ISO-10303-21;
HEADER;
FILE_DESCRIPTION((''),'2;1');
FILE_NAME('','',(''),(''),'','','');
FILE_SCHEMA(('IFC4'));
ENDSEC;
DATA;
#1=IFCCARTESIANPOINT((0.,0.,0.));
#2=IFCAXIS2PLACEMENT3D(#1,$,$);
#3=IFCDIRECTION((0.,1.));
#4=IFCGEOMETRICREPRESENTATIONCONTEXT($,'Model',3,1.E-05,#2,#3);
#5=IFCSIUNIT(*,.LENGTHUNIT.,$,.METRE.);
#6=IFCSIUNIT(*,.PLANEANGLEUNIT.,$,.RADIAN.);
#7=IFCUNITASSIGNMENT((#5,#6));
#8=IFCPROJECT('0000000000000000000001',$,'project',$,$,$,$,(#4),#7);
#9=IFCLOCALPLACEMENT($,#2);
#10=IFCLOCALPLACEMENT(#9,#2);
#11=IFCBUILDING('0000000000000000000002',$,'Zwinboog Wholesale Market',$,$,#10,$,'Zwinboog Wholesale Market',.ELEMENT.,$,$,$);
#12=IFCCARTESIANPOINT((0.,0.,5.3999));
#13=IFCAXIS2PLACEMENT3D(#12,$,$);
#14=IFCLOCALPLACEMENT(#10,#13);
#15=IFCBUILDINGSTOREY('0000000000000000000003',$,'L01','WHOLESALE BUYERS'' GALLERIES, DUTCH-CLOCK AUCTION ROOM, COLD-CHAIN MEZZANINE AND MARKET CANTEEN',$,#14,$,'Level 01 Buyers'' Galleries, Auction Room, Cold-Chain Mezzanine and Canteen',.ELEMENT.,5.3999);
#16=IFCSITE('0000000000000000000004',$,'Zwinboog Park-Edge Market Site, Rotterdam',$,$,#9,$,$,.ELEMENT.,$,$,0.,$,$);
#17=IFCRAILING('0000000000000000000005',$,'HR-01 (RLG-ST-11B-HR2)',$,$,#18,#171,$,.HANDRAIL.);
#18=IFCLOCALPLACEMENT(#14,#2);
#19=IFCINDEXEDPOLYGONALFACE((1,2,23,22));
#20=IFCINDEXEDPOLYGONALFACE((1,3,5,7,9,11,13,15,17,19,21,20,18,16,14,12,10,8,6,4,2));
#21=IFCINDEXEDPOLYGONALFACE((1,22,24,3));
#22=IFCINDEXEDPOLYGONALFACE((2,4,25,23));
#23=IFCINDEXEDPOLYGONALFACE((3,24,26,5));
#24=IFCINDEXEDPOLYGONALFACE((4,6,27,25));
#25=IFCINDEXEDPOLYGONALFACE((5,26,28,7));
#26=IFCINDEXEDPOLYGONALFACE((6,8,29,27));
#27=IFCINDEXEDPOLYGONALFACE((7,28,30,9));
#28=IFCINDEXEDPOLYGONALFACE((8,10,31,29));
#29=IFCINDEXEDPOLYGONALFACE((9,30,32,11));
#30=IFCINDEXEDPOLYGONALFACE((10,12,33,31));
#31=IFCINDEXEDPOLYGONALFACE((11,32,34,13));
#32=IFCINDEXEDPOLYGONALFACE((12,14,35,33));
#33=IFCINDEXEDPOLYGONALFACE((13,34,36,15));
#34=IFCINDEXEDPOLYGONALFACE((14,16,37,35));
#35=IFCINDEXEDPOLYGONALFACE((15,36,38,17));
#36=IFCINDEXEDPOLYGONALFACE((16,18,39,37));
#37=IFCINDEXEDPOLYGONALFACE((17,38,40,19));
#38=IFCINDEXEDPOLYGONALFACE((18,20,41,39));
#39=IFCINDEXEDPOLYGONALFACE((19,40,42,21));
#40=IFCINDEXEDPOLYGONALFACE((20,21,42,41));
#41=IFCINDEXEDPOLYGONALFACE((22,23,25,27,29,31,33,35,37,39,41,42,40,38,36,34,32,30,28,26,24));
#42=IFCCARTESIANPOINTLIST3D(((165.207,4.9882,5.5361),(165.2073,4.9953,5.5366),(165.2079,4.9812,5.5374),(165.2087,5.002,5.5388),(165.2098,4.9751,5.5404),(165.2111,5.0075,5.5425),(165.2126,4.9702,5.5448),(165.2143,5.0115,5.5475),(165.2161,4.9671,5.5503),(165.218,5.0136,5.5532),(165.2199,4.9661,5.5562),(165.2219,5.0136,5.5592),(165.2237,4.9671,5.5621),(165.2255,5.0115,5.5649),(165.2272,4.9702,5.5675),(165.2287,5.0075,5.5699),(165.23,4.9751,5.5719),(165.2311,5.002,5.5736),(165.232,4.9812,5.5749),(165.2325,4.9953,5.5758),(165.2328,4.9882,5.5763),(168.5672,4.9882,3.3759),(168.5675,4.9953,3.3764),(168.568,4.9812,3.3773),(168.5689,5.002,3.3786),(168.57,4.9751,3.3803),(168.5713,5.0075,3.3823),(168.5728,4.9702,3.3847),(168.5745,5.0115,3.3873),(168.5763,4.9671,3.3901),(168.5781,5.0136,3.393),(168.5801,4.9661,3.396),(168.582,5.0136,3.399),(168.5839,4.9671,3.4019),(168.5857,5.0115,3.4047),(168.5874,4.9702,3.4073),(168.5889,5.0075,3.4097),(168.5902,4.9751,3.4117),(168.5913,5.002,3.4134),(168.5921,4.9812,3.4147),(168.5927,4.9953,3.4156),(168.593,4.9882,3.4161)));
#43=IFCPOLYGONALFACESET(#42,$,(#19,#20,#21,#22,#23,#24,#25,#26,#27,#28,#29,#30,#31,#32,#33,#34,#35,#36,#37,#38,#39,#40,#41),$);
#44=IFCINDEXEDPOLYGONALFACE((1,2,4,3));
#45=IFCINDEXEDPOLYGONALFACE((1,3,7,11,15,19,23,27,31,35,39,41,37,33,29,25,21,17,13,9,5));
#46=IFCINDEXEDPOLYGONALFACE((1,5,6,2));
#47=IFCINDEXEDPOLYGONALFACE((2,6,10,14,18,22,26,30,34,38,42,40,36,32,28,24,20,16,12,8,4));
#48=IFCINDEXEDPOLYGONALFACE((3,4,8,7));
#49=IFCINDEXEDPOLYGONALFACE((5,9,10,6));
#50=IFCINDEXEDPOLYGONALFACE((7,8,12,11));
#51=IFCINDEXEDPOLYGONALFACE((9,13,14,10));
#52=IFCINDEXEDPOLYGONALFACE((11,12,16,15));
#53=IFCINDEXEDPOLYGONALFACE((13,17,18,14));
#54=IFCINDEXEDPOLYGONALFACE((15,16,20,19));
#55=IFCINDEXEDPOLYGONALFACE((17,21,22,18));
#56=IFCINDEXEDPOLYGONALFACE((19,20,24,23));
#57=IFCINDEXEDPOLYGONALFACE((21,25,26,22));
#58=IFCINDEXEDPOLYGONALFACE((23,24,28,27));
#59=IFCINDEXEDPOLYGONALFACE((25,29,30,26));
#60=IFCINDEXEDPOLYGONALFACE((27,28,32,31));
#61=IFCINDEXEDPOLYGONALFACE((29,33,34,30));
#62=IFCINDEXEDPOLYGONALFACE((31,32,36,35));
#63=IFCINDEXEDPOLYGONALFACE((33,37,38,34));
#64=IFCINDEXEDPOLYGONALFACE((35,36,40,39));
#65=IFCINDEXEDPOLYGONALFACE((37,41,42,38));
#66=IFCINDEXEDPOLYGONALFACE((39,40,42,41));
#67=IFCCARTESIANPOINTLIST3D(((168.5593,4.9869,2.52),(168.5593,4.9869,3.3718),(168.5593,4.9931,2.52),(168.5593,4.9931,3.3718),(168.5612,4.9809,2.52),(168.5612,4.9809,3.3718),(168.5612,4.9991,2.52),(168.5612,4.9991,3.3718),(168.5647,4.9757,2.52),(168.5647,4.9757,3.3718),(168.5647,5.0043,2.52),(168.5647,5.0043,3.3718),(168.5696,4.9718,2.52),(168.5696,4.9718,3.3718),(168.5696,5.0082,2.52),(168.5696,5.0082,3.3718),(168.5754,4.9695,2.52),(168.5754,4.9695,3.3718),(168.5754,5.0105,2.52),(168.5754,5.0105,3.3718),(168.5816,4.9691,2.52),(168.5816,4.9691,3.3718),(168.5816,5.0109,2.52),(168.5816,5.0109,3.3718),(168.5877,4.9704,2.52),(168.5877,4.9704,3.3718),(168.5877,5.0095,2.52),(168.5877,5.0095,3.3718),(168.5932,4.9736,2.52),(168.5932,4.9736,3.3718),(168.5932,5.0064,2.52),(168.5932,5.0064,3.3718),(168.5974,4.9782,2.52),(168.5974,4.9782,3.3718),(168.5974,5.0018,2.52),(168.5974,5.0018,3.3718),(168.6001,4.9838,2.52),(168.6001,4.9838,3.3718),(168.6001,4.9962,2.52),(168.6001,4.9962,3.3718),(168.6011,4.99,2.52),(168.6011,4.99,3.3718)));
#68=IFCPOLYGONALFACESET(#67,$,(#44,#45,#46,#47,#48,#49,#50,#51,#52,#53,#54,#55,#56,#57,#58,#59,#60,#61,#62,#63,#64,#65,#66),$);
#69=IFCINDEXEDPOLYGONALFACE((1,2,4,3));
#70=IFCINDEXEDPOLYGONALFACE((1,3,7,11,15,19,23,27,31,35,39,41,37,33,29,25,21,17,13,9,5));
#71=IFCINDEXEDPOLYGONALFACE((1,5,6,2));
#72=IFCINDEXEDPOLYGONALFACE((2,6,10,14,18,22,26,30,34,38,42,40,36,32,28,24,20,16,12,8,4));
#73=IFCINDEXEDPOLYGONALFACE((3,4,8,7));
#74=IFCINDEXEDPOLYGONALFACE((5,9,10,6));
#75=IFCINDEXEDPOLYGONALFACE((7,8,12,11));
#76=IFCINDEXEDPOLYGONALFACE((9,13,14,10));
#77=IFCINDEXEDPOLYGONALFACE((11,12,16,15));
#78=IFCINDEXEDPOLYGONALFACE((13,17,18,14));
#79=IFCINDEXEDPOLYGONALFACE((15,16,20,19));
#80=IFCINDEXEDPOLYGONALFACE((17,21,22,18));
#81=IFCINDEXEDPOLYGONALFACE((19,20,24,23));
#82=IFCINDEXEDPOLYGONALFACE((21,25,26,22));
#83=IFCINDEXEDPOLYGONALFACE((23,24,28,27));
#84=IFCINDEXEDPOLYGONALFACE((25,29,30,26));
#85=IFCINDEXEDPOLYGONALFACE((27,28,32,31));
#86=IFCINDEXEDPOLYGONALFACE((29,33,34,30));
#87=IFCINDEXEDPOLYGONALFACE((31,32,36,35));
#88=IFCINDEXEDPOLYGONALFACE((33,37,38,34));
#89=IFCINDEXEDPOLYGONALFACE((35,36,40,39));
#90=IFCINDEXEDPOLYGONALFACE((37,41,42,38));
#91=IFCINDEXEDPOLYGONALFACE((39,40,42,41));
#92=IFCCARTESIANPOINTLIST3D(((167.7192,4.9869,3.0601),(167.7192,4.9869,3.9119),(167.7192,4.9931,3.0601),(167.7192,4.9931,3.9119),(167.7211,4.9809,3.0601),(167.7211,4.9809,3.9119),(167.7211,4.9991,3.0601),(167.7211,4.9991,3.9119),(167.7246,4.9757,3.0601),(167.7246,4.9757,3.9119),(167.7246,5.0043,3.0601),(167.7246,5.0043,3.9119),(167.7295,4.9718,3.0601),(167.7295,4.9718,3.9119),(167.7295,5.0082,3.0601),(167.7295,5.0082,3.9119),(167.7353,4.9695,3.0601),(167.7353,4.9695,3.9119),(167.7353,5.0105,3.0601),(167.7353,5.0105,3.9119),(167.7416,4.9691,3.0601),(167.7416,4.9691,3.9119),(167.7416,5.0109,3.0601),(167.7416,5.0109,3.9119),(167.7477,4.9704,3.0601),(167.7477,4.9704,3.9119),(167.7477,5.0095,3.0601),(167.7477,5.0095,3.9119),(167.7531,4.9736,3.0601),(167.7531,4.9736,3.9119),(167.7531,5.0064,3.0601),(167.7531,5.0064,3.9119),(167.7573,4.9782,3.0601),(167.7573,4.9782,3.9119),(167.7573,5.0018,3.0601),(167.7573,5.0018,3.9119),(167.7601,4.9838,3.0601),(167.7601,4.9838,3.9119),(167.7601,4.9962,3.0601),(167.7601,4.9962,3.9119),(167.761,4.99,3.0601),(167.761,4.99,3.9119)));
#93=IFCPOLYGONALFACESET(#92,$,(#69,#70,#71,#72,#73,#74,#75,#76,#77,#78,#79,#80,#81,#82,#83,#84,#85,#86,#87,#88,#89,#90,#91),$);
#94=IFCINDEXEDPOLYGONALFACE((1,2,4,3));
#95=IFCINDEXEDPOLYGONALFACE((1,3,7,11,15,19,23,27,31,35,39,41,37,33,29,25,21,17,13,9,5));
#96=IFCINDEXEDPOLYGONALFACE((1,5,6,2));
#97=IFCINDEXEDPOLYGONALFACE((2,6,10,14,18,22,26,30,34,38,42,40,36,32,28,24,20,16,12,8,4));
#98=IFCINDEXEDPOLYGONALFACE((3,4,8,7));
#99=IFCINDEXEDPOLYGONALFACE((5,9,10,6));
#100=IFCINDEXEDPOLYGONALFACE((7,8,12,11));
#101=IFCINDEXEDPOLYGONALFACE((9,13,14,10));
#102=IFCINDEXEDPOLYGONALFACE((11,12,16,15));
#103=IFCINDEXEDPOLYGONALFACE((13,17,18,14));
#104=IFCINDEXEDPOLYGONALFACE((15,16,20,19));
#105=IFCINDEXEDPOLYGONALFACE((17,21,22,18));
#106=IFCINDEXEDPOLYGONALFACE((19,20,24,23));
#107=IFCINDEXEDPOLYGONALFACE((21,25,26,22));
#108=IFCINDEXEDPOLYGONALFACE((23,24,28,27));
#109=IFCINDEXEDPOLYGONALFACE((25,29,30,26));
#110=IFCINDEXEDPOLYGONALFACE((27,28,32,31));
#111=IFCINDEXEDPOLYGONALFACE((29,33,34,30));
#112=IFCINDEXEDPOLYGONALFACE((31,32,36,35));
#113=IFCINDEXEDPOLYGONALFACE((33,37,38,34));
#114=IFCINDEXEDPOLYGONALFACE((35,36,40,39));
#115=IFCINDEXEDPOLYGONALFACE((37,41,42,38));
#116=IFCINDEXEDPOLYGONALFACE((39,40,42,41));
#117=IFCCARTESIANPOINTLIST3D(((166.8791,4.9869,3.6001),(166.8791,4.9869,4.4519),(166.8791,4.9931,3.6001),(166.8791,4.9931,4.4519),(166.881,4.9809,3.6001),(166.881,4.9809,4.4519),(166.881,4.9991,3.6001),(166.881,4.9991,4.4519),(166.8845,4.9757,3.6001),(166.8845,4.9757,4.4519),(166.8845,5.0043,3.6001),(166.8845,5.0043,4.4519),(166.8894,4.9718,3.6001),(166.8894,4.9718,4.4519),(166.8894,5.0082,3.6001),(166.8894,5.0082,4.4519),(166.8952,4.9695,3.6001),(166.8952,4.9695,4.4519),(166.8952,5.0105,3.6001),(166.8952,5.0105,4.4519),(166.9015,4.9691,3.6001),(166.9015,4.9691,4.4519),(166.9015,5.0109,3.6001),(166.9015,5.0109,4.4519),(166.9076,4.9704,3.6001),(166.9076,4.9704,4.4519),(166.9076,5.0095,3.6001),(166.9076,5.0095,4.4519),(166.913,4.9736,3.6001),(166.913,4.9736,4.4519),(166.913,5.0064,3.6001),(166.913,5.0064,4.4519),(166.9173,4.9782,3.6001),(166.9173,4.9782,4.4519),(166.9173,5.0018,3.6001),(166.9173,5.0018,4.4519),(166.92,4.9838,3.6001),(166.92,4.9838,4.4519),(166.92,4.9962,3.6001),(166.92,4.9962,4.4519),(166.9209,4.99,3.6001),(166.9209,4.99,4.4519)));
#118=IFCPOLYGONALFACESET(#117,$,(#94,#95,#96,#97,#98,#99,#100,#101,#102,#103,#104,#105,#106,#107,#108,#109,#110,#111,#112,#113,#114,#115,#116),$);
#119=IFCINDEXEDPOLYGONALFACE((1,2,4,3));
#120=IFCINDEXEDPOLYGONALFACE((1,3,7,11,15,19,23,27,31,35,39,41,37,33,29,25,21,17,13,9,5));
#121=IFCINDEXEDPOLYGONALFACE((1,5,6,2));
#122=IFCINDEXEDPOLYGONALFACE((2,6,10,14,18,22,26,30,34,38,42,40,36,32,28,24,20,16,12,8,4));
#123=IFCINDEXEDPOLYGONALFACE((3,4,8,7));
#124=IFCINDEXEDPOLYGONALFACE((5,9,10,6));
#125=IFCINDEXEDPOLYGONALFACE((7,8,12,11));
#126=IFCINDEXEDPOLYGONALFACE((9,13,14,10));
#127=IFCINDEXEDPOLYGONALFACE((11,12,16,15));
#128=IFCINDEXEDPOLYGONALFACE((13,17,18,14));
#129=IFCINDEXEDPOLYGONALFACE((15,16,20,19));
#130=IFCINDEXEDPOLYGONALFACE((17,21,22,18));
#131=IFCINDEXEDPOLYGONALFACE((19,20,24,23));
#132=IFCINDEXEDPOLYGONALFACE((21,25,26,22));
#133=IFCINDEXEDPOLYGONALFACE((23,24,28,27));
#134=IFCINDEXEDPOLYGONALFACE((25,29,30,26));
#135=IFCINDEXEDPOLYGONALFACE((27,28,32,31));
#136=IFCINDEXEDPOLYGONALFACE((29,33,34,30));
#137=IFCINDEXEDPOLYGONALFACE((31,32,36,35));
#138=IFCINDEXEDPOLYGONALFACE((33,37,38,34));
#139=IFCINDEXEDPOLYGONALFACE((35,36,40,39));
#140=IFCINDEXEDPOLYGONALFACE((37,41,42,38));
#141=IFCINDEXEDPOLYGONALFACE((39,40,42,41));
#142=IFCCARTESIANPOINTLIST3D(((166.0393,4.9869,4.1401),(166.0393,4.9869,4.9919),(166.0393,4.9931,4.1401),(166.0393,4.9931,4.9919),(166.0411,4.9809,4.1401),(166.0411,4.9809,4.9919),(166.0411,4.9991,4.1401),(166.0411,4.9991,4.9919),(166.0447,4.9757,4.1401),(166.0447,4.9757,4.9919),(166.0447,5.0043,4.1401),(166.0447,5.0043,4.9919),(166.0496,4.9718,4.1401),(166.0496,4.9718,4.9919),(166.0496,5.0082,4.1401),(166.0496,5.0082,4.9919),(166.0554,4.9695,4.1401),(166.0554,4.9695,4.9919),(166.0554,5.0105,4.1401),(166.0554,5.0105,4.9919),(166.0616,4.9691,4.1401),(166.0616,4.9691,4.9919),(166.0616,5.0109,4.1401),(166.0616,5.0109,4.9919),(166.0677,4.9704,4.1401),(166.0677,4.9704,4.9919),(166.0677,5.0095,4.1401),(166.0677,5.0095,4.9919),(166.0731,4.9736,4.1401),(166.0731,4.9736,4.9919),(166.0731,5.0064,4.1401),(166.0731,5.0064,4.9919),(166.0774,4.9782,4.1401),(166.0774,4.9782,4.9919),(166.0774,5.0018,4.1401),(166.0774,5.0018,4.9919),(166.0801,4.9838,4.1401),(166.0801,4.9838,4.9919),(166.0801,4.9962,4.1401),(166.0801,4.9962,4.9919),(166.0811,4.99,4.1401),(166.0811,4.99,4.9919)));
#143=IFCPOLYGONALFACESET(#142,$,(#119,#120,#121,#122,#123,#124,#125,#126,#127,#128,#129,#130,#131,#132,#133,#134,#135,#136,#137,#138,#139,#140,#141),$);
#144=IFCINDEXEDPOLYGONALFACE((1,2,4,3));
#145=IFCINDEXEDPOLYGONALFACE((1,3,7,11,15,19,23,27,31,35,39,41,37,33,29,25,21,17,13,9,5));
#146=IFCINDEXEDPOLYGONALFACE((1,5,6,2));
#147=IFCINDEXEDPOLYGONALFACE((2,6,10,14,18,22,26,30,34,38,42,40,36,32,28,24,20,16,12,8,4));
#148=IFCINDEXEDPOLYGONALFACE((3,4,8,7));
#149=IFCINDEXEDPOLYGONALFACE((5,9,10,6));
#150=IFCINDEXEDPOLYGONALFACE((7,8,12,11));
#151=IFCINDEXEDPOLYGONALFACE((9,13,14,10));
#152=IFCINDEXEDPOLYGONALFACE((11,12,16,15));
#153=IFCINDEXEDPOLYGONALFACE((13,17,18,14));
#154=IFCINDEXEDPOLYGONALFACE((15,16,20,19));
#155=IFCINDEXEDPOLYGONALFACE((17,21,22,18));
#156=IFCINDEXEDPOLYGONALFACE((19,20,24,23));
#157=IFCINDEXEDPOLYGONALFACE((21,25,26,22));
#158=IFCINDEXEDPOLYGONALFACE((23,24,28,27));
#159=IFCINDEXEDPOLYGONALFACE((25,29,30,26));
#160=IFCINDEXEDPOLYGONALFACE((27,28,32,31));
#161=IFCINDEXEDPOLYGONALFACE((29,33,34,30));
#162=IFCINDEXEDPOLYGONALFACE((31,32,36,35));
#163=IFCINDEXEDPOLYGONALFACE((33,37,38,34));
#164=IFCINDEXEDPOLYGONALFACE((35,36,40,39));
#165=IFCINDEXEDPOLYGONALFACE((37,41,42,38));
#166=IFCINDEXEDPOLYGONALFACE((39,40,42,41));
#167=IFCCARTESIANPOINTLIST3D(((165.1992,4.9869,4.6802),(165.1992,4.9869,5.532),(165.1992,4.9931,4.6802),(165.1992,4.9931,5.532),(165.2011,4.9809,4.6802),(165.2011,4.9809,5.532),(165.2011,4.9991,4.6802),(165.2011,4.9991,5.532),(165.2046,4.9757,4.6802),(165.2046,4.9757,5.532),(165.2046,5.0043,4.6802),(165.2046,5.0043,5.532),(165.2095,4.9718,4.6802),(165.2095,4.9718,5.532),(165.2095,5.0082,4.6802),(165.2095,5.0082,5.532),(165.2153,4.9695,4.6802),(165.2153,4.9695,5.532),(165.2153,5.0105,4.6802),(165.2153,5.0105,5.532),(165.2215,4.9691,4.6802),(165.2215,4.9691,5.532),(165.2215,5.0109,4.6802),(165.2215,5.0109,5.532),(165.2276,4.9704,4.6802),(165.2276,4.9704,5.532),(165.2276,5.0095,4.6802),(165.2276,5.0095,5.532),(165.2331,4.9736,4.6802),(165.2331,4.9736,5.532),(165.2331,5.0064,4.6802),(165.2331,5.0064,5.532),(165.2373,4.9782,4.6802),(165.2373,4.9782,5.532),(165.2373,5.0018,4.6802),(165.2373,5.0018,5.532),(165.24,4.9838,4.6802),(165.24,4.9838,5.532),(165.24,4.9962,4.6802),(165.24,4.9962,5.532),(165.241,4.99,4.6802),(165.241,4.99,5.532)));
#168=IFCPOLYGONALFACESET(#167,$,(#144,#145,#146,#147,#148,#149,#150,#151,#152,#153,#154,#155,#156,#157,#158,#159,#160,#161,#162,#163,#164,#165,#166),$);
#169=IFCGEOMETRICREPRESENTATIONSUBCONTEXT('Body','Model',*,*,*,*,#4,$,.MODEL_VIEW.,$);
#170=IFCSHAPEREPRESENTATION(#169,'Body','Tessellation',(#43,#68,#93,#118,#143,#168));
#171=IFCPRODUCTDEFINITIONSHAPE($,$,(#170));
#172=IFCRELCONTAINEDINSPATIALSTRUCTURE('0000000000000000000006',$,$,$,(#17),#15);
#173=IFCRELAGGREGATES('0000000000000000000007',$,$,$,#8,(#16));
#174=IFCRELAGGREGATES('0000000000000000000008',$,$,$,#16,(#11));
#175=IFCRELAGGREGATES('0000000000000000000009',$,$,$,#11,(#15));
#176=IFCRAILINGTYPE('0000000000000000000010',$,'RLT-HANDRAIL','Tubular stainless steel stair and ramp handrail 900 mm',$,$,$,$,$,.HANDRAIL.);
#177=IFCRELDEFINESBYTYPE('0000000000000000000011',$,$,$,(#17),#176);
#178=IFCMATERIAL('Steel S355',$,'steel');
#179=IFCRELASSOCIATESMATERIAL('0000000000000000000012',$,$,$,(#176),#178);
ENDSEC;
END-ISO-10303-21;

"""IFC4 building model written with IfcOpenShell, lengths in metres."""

from ifc_helpers import new_model, si_unit, direction, frame, origin, origin_2d, place, context, subcontext, project, spatial, circle, extrude, material, type_object, element, save


model = new_model("IFC4")

# Units and contexts
model_context = context("Model", 3, precision=1e-05, world=origin(), true_north=direction((0.0, 1.0)))
body_context = subcontext(model_context, "Body", "Model", "MODEL_VIEW")
ifc_project = project(units=[si_unit("LENGTHUNIT", "METRE"), si_unit("PLANEANGLEUNIT", "RADIAN")], contexts=[model_context])

# Site, building, storey
site_placement = place(None, origin())
site = spatial("IfcSite", under=ifc_project, at=site_placement, Name="Zwinboog Park-Edge Market Site, Rotterdam", CompositionType="ELEMENT", RefElevation=0.0)
building_placement = place(site_placement, origin())
building = spatial("IfcBuilding", under=site, at=building_placement, Name="Zwinboog Wholesale Market", LongName="Zwinboog Wholesale Market", CompositionType="ELEMENT")
storey_placement = place(building_placement, frame((0.0, 0.0, 5.3999)))
storey = spatial("IfcBuildingStorey", under=building, at=storey_placement, Name="L01", Description="WHOLESALE BUYERS' GALLERIES, DUTCH-CLOCK AUCTION ROOM, COLD-CHAIN MEZZANINE AND MARKET CANTEEN", LongName="Level 01 Buyers' Galleries, Auction Room, Cold-Chain Mezzanine and Canteen", CompositionType="ELEMENT", Elevation=5.3999)

# Shared definitions
ifc_material_1 = material(Name="Steel S355", Category="steel")

# Railing
railing_type_1 = type_object("IfcRailingType", Name="RLT-HANDRAIL", Description="Tubular stainless steel stair and ramp handrail 900 mm", PredefinedType="HANDRAIL", material=ifc_material_1)
railing_1_placement = place(storey_placement, frame((168.5801, 4.99, 2.52)))
element("IfcRailing", 1, at=railing_1_placement, inside=storey, type_object=railing_type_1, Name="HR-01 (RLG-ST-11B-HR2)", PredefinedType="HANDRAIL", context=body_context, shape_type="SweptSolid", body=[
    extrude(circle(Radius=0.0239, at=origin_2d()), frame((0.0, 0.0, 0.876), z_axis=(-0.841169, 0.0, 0.540773), x_axis=(0.0, -1.0, 0.0)), (0.0, 0.0, 1.0), 3.9946),
    extrude(circle(Radius=0.021, at=origin_2d()), origin(), (0.0, 0.0, 1.0), 0.8518),
    extrude(circle(Radius=0.021, at=origin_2d()), frame((-0.8401, 0.0, 0.54)), (0.0, 0.0, 1.0), 0.8518),
    extrude(circle(Radius=0.021, at=origin_2d()), frame((-1.6802, 0.0, 1.0801)), (0.0, 0.0, 1.0), 0.8518),
    extrude(circle(Radius=0.021, at=origin_2d()), frame((-2.52, 0.0, 1.6201)), (0.0, 0.0, 1.0), 0.8518),
    extrude(circle(Radius=0.021, at=origin_2d()), frame((-3.3601, 0.0, 2.1602)), (0.0, 0.0, 1.0), 0.8518),
])

save(model, "model.ifc")
